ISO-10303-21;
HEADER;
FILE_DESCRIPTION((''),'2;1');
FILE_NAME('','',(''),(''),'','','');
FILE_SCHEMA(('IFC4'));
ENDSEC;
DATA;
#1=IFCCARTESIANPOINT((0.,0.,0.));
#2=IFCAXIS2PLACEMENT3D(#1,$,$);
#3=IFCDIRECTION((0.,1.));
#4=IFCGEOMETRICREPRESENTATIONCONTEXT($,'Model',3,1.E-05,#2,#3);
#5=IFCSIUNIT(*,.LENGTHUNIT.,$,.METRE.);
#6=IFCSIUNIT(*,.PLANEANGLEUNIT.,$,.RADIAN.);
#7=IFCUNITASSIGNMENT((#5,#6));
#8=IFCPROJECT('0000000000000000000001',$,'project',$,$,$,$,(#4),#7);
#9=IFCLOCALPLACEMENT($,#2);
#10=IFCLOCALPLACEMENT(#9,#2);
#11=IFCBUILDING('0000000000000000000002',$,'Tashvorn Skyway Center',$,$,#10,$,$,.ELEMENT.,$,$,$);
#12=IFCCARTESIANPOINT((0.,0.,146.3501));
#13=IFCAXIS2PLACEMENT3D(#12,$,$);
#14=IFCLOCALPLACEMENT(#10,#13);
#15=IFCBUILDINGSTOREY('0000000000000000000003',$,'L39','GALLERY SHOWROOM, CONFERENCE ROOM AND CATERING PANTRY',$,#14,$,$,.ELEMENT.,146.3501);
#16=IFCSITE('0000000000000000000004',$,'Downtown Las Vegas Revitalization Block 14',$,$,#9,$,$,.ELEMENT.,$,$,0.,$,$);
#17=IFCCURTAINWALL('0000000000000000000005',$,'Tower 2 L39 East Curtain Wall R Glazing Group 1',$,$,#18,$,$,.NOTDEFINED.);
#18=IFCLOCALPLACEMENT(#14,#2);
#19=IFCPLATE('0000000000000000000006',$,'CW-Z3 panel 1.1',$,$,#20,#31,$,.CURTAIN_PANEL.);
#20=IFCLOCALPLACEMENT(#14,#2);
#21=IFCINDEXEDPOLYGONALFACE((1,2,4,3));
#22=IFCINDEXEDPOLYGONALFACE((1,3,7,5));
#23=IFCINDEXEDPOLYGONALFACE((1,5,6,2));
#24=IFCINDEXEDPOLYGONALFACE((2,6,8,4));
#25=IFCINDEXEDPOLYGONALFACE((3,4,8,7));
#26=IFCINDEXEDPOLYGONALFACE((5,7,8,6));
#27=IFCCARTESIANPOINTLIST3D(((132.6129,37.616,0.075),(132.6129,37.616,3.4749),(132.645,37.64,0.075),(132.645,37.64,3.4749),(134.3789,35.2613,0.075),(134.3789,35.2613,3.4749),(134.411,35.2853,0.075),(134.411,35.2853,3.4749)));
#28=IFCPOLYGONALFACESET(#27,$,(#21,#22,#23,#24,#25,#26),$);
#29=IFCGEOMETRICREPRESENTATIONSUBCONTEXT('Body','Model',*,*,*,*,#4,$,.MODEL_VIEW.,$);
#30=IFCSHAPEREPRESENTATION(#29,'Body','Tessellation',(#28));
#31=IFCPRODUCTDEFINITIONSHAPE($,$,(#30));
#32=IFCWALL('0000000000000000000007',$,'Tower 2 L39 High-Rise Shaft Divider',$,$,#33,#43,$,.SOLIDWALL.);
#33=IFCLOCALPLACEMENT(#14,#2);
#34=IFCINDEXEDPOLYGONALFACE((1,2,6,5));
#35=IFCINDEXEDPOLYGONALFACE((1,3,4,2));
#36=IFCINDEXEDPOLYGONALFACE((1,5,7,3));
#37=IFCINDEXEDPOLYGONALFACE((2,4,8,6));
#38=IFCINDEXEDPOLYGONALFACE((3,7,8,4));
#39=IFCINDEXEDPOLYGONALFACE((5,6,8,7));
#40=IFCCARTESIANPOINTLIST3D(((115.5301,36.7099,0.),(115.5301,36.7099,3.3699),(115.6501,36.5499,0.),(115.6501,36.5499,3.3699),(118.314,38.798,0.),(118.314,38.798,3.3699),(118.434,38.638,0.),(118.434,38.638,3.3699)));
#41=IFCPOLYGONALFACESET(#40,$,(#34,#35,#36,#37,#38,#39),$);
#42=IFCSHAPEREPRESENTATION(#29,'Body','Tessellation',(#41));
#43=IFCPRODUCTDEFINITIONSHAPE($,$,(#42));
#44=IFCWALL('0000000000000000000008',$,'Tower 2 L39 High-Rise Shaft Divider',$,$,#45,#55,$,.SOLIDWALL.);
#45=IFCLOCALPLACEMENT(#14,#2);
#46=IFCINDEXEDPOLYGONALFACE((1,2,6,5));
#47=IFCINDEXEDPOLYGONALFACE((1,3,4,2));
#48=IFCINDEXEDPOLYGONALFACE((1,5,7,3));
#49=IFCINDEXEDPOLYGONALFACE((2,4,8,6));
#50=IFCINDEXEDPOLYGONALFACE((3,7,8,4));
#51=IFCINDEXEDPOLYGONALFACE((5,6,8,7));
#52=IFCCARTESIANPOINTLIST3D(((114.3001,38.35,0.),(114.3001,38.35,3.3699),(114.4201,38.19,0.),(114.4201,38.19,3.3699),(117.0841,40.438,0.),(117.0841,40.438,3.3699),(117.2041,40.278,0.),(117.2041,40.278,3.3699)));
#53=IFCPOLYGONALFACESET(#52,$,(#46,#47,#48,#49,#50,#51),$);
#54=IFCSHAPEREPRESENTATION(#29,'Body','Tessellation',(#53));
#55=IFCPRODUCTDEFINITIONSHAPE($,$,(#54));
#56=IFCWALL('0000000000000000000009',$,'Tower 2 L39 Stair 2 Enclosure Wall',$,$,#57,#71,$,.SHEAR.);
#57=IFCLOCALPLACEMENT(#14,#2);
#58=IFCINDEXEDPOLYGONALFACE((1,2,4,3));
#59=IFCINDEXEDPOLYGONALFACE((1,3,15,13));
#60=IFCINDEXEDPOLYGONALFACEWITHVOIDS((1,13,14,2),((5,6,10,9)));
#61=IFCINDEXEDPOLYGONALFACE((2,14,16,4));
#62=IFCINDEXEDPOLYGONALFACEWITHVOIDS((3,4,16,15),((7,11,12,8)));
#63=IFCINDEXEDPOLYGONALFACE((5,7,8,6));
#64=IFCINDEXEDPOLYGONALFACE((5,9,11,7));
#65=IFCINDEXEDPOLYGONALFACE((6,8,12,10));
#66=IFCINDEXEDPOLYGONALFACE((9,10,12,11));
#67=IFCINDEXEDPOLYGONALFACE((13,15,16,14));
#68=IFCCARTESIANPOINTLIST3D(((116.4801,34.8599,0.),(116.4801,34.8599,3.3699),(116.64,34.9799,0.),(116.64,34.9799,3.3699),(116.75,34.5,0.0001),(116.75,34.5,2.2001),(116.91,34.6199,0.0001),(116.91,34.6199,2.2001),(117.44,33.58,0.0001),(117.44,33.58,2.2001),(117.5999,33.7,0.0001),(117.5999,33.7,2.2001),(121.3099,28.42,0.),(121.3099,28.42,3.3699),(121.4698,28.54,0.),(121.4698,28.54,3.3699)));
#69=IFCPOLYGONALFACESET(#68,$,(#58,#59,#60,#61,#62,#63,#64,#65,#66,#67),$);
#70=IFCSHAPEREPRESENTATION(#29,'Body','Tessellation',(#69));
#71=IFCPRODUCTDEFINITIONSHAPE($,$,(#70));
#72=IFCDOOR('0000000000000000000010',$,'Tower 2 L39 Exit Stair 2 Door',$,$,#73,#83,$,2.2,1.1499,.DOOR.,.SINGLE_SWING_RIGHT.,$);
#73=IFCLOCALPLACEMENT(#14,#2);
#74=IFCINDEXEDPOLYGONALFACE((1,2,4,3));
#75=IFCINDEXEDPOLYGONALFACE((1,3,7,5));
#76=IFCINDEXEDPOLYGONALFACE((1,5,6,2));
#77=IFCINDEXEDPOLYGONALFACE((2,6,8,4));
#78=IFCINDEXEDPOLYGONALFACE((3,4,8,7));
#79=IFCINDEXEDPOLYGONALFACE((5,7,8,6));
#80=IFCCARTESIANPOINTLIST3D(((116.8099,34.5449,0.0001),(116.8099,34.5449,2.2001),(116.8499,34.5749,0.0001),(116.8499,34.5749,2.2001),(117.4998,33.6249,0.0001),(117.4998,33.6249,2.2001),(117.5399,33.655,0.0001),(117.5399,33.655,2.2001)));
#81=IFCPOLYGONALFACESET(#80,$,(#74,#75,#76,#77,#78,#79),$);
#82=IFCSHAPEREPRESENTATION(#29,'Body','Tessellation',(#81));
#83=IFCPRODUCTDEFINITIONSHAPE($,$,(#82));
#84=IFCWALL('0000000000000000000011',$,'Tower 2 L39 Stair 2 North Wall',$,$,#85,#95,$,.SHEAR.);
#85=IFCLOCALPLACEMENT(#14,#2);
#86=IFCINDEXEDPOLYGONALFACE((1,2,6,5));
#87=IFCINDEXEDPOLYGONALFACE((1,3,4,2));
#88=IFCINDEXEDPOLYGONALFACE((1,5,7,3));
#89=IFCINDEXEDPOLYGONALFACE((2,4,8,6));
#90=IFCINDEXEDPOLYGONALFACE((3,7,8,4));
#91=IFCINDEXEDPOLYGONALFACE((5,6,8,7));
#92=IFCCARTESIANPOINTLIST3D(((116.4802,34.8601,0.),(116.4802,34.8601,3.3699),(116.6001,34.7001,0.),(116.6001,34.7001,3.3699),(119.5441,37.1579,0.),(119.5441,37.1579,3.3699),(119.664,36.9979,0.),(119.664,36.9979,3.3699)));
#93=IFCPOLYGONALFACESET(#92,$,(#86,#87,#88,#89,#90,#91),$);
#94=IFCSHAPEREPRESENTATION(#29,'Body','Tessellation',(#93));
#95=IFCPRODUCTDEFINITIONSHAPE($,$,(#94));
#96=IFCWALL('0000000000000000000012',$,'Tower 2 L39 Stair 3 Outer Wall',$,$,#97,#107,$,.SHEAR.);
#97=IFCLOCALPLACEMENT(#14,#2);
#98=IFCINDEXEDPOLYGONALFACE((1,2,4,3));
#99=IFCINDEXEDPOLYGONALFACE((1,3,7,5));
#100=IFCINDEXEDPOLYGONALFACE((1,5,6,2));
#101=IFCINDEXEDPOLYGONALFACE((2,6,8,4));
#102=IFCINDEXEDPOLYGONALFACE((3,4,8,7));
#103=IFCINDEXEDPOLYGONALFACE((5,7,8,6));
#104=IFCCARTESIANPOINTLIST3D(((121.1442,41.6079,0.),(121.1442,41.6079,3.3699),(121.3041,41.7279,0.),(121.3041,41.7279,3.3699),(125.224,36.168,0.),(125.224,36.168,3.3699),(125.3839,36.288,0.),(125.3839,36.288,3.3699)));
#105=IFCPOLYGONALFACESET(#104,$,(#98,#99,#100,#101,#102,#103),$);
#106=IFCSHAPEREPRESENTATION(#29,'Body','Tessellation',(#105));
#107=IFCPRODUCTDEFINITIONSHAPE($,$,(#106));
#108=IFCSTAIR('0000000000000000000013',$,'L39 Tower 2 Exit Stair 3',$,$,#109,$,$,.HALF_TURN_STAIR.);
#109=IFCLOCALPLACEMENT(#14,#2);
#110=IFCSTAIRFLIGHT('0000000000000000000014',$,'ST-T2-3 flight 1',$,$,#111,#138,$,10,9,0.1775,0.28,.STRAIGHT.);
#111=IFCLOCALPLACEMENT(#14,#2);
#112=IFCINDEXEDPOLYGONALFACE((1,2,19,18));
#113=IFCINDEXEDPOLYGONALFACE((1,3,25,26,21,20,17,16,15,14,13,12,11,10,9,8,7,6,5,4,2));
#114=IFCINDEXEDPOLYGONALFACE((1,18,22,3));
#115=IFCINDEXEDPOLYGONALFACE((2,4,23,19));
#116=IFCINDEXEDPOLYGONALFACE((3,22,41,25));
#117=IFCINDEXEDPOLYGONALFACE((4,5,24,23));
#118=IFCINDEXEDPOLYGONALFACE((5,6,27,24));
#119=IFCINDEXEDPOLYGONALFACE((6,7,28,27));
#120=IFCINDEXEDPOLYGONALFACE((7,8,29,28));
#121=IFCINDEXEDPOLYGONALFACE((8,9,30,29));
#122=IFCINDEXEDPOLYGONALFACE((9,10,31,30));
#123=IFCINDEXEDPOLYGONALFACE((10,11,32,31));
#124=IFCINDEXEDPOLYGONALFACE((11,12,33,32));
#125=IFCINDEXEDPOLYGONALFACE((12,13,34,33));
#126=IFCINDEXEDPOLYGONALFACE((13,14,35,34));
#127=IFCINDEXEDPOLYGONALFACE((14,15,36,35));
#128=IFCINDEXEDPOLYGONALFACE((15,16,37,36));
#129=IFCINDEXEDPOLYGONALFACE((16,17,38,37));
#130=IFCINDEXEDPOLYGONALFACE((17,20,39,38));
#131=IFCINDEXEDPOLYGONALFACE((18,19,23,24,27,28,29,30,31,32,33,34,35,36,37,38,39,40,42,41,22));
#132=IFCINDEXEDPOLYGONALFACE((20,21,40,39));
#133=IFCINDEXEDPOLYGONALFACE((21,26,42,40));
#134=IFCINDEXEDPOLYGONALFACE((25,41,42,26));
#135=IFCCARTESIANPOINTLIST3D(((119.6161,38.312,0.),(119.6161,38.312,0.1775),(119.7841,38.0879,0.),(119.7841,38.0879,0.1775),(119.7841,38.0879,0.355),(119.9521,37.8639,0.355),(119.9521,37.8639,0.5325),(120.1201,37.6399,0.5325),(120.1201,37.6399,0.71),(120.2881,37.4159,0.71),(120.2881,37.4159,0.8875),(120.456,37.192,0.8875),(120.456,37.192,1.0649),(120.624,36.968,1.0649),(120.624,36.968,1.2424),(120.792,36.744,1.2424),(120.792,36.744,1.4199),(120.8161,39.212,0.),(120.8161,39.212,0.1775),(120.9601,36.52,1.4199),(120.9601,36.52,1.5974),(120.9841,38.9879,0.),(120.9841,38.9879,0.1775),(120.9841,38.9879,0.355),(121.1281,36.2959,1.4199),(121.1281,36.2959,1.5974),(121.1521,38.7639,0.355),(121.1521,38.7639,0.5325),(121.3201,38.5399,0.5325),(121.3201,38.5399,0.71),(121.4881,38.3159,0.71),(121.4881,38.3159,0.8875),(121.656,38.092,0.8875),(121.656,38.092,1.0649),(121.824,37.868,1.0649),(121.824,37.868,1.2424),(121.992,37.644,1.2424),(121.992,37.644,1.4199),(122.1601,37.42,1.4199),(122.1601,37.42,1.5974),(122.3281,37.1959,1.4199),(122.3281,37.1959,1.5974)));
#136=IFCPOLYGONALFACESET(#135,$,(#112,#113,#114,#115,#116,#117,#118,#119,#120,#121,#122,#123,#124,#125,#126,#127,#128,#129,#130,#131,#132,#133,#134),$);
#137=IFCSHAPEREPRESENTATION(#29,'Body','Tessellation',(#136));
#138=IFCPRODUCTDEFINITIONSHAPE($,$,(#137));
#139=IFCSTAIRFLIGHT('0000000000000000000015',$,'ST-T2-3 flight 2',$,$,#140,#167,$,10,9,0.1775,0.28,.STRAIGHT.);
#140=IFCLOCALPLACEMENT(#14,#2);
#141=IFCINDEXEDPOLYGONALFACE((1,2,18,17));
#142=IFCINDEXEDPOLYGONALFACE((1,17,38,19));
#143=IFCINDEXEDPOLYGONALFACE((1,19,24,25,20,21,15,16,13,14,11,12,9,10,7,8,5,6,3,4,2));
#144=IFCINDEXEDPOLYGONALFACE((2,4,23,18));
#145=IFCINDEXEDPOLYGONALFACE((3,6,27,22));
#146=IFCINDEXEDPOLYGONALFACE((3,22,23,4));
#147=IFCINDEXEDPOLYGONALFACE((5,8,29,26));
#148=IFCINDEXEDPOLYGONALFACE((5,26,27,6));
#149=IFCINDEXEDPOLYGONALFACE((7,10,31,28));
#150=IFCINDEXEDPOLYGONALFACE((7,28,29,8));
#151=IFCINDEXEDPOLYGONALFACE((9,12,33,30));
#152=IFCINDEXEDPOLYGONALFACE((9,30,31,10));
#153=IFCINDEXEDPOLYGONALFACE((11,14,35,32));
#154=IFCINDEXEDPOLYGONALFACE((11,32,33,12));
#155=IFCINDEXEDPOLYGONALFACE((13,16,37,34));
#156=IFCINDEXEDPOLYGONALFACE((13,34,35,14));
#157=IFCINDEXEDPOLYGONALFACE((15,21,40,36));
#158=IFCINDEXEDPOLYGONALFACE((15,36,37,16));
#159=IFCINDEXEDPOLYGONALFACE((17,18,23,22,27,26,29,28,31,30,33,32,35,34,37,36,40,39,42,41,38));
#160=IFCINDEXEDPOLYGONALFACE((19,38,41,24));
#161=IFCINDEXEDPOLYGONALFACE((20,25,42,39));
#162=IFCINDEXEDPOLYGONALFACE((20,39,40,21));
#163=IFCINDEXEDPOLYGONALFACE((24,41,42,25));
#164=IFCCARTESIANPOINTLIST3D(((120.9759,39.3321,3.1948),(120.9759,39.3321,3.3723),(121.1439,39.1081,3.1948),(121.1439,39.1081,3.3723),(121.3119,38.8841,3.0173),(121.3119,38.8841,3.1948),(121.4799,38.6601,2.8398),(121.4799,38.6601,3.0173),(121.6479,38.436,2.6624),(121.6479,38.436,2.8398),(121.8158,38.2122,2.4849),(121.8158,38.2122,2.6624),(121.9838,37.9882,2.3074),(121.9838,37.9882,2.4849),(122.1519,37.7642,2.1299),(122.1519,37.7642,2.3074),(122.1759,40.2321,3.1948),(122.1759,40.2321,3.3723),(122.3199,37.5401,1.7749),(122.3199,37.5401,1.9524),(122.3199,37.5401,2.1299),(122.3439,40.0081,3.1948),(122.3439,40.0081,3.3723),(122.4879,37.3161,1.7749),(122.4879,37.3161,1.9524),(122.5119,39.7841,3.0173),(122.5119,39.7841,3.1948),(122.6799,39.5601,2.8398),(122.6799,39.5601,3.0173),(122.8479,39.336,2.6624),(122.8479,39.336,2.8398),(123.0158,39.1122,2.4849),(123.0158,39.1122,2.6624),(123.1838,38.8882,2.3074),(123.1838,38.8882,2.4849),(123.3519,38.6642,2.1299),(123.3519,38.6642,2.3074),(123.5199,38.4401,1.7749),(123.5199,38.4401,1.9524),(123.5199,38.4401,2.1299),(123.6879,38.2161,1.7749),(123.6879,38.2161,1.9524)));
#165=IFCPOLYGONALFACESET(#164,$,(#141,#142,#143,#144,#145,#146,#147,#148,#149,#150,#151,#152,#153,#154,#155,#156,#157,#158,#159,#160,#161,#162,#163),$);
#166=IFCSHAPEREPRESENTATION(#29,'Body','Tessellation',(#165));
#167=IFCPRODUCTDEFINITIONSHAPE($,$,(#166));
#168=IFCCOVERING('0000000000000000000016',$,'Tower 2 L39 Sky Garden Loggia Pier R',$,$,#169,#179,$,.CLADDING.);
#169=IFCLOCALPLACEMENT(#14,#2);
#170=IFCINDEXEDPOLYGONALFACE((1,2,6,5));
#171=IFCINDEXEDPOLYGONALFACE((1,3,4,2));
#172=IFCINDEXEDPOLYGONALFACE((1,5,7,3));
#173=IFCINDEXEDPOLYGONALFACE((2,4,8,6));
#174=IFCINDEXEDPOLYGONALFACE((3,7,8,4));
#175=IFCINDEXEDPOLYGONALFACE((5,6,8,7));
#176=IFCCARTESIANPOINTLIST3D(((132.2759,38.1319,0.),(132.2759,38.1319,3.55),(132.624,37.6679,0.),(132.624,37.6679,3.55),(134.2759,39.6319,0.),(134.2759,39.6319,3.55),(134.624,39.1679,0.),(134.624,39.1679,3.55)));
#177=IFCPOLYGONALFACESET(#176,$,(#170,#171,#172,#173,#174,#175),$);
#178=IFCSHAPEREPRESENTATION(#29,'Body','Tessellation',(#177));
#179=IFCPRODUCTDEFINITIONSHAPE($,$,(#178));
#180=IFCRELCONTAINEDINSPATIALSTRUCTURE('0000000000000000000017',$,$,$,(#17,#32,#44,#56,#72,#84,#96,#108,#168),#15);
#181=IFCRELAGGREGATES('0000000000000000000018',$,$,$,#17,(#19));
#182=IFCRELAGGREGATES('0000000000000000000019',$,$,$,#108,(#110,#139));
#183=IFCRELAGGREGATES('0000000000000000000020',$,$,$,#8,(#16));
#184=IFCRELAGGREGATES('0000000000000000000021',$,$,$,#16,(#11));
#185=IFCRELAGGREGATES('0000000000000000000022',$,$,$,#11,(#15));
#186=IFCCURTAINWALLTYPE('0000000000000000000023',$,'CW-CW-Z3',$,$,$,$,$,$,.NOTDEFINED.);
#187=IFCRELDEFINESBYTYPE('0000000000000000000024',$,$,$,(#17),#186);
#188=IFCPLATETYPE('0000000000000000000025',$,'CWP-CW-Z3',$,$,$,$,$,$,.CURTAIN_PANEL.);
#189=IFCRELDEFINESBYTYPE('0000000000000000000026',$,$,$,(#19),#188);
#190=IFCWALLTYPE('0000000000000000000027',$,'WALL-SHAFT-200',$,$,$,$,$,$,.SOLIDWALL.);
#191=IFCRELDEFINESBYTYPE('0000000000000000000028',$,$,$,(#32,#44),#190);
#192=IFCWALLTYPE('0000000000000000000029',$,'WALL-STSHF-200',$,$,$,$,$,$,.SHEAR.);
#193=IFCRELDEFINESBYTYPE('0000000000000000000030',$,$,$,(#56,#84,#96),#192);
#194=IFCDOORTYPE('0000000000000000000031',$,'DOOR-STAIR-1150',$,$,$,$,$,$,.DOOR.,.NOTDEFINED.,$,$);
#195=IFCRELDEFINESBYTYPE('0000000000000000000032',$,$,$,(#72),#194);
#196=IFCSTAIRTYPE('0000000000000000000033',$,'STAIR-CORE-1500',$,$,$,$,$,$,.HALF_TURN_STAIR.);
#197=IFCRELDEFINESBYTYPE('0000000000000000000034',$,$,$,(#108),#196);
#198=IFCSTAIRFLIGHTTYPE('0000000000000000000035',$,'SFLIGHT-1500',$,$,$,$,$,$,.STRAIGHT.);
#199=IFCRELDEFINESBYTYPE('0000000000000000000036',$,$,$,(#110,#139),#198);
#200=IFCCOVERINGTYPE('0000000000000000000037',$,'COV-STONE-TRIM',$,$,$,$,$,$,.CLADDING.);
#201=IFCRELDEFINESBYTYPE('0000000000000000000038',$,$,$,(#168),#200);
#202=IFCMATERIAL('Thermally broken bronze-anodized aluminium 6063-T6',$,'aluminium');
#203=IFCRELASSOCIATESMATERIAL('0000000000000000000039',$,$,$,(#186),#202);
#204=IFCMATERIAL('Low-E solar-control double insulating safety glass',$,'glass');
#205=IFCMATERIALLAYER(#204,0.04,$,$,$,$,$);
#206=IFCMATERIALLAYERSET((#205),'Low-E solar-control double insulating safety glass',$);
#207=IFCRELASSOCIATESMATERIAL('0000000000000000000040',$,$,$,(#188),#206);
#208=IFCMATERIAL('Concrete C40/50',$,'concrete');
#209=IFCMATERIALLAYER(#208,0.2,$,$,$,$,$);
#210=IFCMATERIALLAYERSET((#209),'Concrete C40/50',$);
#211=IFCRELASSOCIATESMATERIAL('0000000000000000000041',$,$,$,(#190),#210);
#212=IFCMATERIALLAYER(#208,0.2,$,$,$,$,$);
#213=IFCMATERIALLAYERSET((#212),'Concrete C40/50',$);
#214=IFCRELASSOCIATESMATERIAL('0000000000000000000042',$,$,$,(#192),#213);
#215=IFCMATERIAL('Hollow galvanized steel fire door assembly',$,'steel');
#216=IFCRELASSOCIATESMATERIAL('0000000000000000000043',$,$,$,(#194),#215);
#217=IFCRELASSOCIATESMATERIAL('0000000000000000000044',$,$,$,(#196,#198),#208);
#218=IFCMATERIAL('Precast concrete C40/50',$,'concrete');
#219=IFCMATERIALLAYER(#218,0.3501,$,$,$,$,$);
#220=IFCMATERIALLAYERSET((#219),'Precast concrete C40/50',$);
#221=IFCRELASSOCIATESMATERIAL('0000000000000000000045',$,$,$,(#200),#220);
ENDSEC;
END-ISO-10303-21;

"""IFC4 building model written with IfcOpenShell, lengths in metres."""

from ifc_helpers import new_model, si_unit, direction, frame, frame_2d, origin, origin_2d, place, context, subcontext, project, spatial, polyline, rectangle, outline, extrude, material, layer, layer_set, type_object, element, fill, aggregate, save


model = new_model("IFC4")

# Units and contexts
model_context = context("Model", 3, precision=1e-05, world=origin(), true_north=direction((0.0, 1.0)))
body_context = subcontext(model_context, "Body", "Model", "MODEL_VIEW")
ifc_project = project(units=[si_unit("LENGTHUNIT", "METRE"), si_unit("PLANEANGLEUNIT", "RADIAN")], contexts=[model_context])

# Site, building, storey
site_placement = place(None, origin())
site = spatial("IfcSite", under=ifc_project, at=site_placement, Name="Downtown Las Vegas Revitalization Block 14", CompositionType="ELEMENT", RefElevation=0.0)
building_placement = place(site_placement, origin())
building = spatial("IfcBuilding", under=site, at=building_placement, Name="Tashvorn Skyway Center", CompositionType="ELEMENT")
storey_placement = place(building_placement, frame((0.0, 0.0, 146.3501)))
storey = spatial("IfcBuildingStorey", under=building, at=storey_placement, Name="L39", Description="GALLERY SHOWROOM, CONFERENCE ROOM AND CATERING PANTRY", CompositionType="ELEMENT", Elevation=146.3501)

# Curtain wall, plate
ifc_material_1 = material(Name="Thermally broken bronze-anodized aluminium 6063-T6", Category="aluminium")
curtain_wall_type = type_object("IfcCurtainWallType", Name="CW-CW-Z3", PredefinedType="NOTDEFINED", material=ifc_material_1)
curtain_wall_placement = place(storey_placement, origin())
curtain_wall = element("IfcCurtainWall", 1, at=curtain_wall_placement, inside=storey, type_object=curtain_wall_type, Name="Tower 2 L39 East Curtain Wall R Glazing Group 1", PredefinedType="NOTDEFINED")
ifc_material_2 = material(Name="Low-E solar-control double insulating safety glass", Category="glass")
ifc_layer_1 = layer(ifc_material_2, 0.04)
ifc_layer_set_1 = layer_set([ifc_layer_1], Name="Low-E solar-control double insulating safety glass")
plate_type = type_object("IfcPlateType", Name="CWP-CW-Z3", PredefinedType="CURTAIN_PANEL", material=ifc_layer_set_1)
plate_placement = place(storey_placement, frame((133.512, 36.4507, 0.075), z_axis=(0.0, 0.0, 1.0), x_axis=(0.599995, -0.800004, 0.0)))
plate = element("IfcPlate", 2, at=plate_placement, type_object=plate_type, Name="CW-Z3 panel 1.1", PredefinedType="CURTAIN_PANEL", context=body_context, shape_type="SweptSolid", body=[
    extrude(rectangle(XDim=2.9434, YDim=0.04, at=origin_2d()), origin(), (0.0, 0.0, 1.0), 3.3999),
])
aggregate(curtain_wall, [plate])

# Walls
ifc_material_3 = material(Name="Concrete C40/50", Category="concrete")
ifc_layer_2 = layer(ifc_material_3, 0.2)
ifc_layer_set_2 = layer_set([ifc_layer_2], Name="Concrete C40/50")
wall_type_1 = type_object("IfcWallType", Name="WALL-SHAFT-200", PredefinedType="SOLIDWALL", material=ifc_layer_set_2)
for number, where, z_axis, x_axis, name in (
    (3, (115.5901, 36.6299, 0.0), (0.0, 0.0, 1.0), (0.799975, 0.600034, 0.0), "Tower 2 L39 High-Rise Shaft Divider"),
    (4, (114.3601, 38.27, 0.0), (0.0, 0.0, 1.0), (0.800008, 0.599989, 0.0), "Tower 2 L39 High-Rise Shaft Divider"),
):
    element("IfcWall", number, at=place(storey_placement, frame(where, z_axis=z_axis, x_axis=x_axis)), inside=storey, type_object=wall_type_1, Name=name, PredefinedType="SOLIDWALL", context=body_context, shape_type="SweptSolid", body=[
        extrude(rectangle(XDim=3.48, YDim=0.2, at=frame_2d((1.74, 0.0))), origin(), (0.0, 0.0, 1.0), 3.3699),
    ])

# Wall, opening, door
ifc_layer_3 = layer(ifc_material_3, 0.2)
ifc_layer_set_3 = layer_set([ifc_layer_3], Name="Concrete C40/50")
wall_type_2 = type_object("IfcWallType", Name="WALL-STSHF-200", PredefinedType="SHEAR", material=ifc_layer_set_3)
wall_1_placement = place(storey_placement, frame((116.5601, 34.9199, 0.0), z_axis=(0.0, 0.0, 1.0), x_axis=(0.59999, -0.800007, 0.0)))
wall_1 = element("IfcWall", 5, at=wall_1_placement, inside=storey, type_object=wall_type_2, Name="Tower 2 L39 Stair 2 Enclosure Wall", PredefinedType="SHEAR", context=body_context, shape_type="SweptSolid", body=[
    extrude(rectangle(XDim=8.0498, YDim=0.2, at=frame_2d((4.0249, 0.0))), origin(), (0.0, 0.0, 1.0), 3.3699),
])
opening_placement = place(wall_1_placement, frame((0.45, 0.0, 0.0)))
opening = element("IfcOpeningElement", 6, at=opening_placement, cuts=wall_1, PredefinedType="OPENING", context=body_context, shape_type="SweptSolid", body=[
    extrude(rectangle(XDim=1.1499, YDim=2.2, at=frame_2d((0.575, 1.1001))), frame((0.0, 0.1099, 0.0), z_axis=(0.0, -1.0, 0.0), x_axis=(1.0, 0.0, 0.0)), (0.0, 0.0, 1.0), 0.22),
])
ifc_material_4 = material(Name="Hollow galvanized steel fire door assembly", Category="steel")
door_type = type_object("IfcDoorType", Name="DOOR-STAIR-1150", OperationType="NOTDEFINED", PredefinedType="DOOR", material=ifc_material_4)
door_placement = place(opening_placement, origin())
door = element("IfcDoor", 7, at=door_placement, inside=storey, type_object=door_type, Name="Tower 2 L39 Exit Stair 2 Door", OperationType="SINGLE_SWING_RIGHT", OverallHeight=2.2, OverallWidth=1.1499, PredefinedType="DOOR", context=body_context, shape_type="SweptSolid", body=[
    extrude(rectangle(XDim=1.1499, YDim=2.2, at=frame_2d((0.575, 1.1001))), frame((0.0, 0.0249, 0.0), z_axis=(0.0, -1.0, 0.0), x_axis=(1.0, 0.0, 0.0)), (0.0, 0.0, 1.0), 0.05),
])
fill(opening, door)

# Walls
wall_2_placement = place(storey_placement, frame((116.54, 34.78, 0.0), z_axis=(0.0, 0.0, 1.0), x_axis=(0.800015, 0.59998, 0.0)))
element("IfcWall", 8, at=wall_2_placement, inside=storey, type_object=wall_type_2, Name="Tower 2 L39 Stair 2 North Wall", PredefinedType="SHEAR", context=body_context, shape_type="SweptSolid", body=[
    extrude(rectangle(XDim=3.8298, YDim=0.2, at=frame_2d((1.915, 0.0))), origin(), (0.0, 0.0, 1.0), 3.3699),
])
wall_3_placement = place(storey_placement, frame((125.304, 36.228, 0.0), z_axis=(0.0, 0.0, 1.0), x_axis=(-0.599989, 0.800009, 0.0)))
element("IfcWall", 9, at=wall_3_placement, inside=storey, type_object=wall_type_2, Name="Tower 2 L39 Stair 3 Outer Wall", PredefinedType="SHEAR", context=body_context, shape_type="SweptSolid", body=[
    extrude(rectangle(XDim=6.7998, YDim=0.2, at=frame_2d((3.3999, 0.0))), origin(), (0.0, 0.0, 1.0), 3.3699),
])

# Stair, stair flights
stair_type = type_object("IfcStairType", Name="STAIR-CORE-1500", PredefinedType="HALF_TURN_STAIR", material=ifc_material_3)
stair_placement = place(storey_placement, origin())
stair = element("IfcStair", 10, at=stair_placement, inside=storey, type_object=stair_type, Name="L39 Tower 2 Exit Stair 3", PredefinedType="HALF_TURN_STAIR")
stair_flight_type = type_object("IfcStairFlightType", Name="SFLIGHT-1500", PredefinedType="STRAIGHT", material=ifc_material_3)
stair_flight_1_placement = place(storey_placement, frame((120.2161, 38.762, 0.0), z_axis=(0.0, 0.0, 1.0), x_axis=(0.6, -0.8, 0.0)))
stair_flight_1 = element("IfcStairFlight", 11, at=stair_flight_1_placement, type_object=stair_flight_type, Name="ST-T2-3 flight 1", NumberOfRisers=10, NumberOfTreads=9, PredefinedType="STRAIGHT", RiserHeight=0.1775, TreadLength=0.28, context=body_context, shape_type="SweptSolid", body=[
    extrude(outline(polyline([(0.0, 0.0), (0.0, 0.1775), (0.28, 0.1775), (0.28, 0.355), (0.5601, 0.355), (0.5601, 0.5325), (0.8401, 0.5325), (0.8401, 0.71), (1.1201, 0.71), (1.1201, 0.8875), (1.3999, 0.8875), (1.3999, 1.0649), (1.6799, 1.0649), (1.6799, 1.2424), (1.96, 1.2424), (1.96, 1.4199), (2.24, 1.4199), (2.24, 1.5974), (2.52, 1.5974), (2.52, 1.7749), (2.52, 1.4199), (0.28, 0.0), (0.0, 0.0)])), frame((0.0, 0.75, 0.0), z_axis=(0.0, -1.0, 0.0), x_axis=(1.0, 0.0, 0.0)), (0.0, 0.0, 1.0), 1.5),
])
stair_flight_2_placement = place(storey_placement, frame((123.0879, 37.7661, 1.7749), z_axis=(0.0, 0.0, 1.0), x_axis=(-0.6, 0.8, 0.0)))
stair_flight_2 = element("IfcStairFlight", 12, at=stair_flight_2_placement, type_object=stair_flight_type, Name="ST-T2-3 flight 2", NumberOfRisers=10, NumberOfTreads=9, PredefinedType="STRAIGHT", RiserHeight=0.1775, TreadLength=0.28, context=body_context, shape_type="SweptSolid", body=[
    extrude(outline(polyline([(0.0, 0.0), (0.0, 0.1775), (0.28, 0.1775), (0.28, 0.355), (0.5601, 0.355), (0.5601, 0.5325), (0.8401, 0.5325), (0.8401, 0.71), (1.1201, 0.71), (1.1201, 0.8875), (1.3999, 0.8875), (1.3999, 1.0649), (1.6799, 1.0649), (1.6799, 1.2424), (1.96, 1.2424), (1.96, 1.4199), (2.24, 1.4199), (2.24, 1.5974), (2.52, 1.5974), (2.52, 1.7749), (2.52, 1.4199), (0.28, 0.0), (0.0, 0.0)])), frame((0.0, 0.75, 0.0), z_axis=(0.0, -1.0, 0.0), x_axis=(1.0, 0.0, 0.0)), (0.0, 0.0, 1.0), 1.5),
])
aggregate(stair, [stair_flight_1, stair_flight_2])

# Covering
ifc_material_5 = material(Name="Precast concrete C40/50", Category="concrete")
ifc_layer_4 = layer(ifc_material_5, 0.3501)
ifc_layer_set_4 = layer_set([ifc_layer_4], Name="Precast concrete C40/50")
covering_type = type_object("IfcCoveringType", Name="COV-STONE-TRIM", PredefinedType="CLADDING", material=ifc_layer_set_4)
covering_placement = place(storey_placement, frame((133.45, 38.6499, 0.0), z_axis=(0.0, 0.0, 1.0), x_axis=(0.6, -0.8, 0.0)))
element("IfcCovering", 13, at=covering_placement, inside=storey, type_object=covering_type, Name="Tower 2 L39 Sky Garden Loggia Pier R", PredefinedType="CLADDING", context=body_context, shape_type="SweptSolid", body=[
    extrude(rectangle(XDim=0.5801, YDim=2.5, at=origin_2d()), origin(), (0.0, 0.0, 1.0), 3.55),
])

save(model, "model.ifc")
